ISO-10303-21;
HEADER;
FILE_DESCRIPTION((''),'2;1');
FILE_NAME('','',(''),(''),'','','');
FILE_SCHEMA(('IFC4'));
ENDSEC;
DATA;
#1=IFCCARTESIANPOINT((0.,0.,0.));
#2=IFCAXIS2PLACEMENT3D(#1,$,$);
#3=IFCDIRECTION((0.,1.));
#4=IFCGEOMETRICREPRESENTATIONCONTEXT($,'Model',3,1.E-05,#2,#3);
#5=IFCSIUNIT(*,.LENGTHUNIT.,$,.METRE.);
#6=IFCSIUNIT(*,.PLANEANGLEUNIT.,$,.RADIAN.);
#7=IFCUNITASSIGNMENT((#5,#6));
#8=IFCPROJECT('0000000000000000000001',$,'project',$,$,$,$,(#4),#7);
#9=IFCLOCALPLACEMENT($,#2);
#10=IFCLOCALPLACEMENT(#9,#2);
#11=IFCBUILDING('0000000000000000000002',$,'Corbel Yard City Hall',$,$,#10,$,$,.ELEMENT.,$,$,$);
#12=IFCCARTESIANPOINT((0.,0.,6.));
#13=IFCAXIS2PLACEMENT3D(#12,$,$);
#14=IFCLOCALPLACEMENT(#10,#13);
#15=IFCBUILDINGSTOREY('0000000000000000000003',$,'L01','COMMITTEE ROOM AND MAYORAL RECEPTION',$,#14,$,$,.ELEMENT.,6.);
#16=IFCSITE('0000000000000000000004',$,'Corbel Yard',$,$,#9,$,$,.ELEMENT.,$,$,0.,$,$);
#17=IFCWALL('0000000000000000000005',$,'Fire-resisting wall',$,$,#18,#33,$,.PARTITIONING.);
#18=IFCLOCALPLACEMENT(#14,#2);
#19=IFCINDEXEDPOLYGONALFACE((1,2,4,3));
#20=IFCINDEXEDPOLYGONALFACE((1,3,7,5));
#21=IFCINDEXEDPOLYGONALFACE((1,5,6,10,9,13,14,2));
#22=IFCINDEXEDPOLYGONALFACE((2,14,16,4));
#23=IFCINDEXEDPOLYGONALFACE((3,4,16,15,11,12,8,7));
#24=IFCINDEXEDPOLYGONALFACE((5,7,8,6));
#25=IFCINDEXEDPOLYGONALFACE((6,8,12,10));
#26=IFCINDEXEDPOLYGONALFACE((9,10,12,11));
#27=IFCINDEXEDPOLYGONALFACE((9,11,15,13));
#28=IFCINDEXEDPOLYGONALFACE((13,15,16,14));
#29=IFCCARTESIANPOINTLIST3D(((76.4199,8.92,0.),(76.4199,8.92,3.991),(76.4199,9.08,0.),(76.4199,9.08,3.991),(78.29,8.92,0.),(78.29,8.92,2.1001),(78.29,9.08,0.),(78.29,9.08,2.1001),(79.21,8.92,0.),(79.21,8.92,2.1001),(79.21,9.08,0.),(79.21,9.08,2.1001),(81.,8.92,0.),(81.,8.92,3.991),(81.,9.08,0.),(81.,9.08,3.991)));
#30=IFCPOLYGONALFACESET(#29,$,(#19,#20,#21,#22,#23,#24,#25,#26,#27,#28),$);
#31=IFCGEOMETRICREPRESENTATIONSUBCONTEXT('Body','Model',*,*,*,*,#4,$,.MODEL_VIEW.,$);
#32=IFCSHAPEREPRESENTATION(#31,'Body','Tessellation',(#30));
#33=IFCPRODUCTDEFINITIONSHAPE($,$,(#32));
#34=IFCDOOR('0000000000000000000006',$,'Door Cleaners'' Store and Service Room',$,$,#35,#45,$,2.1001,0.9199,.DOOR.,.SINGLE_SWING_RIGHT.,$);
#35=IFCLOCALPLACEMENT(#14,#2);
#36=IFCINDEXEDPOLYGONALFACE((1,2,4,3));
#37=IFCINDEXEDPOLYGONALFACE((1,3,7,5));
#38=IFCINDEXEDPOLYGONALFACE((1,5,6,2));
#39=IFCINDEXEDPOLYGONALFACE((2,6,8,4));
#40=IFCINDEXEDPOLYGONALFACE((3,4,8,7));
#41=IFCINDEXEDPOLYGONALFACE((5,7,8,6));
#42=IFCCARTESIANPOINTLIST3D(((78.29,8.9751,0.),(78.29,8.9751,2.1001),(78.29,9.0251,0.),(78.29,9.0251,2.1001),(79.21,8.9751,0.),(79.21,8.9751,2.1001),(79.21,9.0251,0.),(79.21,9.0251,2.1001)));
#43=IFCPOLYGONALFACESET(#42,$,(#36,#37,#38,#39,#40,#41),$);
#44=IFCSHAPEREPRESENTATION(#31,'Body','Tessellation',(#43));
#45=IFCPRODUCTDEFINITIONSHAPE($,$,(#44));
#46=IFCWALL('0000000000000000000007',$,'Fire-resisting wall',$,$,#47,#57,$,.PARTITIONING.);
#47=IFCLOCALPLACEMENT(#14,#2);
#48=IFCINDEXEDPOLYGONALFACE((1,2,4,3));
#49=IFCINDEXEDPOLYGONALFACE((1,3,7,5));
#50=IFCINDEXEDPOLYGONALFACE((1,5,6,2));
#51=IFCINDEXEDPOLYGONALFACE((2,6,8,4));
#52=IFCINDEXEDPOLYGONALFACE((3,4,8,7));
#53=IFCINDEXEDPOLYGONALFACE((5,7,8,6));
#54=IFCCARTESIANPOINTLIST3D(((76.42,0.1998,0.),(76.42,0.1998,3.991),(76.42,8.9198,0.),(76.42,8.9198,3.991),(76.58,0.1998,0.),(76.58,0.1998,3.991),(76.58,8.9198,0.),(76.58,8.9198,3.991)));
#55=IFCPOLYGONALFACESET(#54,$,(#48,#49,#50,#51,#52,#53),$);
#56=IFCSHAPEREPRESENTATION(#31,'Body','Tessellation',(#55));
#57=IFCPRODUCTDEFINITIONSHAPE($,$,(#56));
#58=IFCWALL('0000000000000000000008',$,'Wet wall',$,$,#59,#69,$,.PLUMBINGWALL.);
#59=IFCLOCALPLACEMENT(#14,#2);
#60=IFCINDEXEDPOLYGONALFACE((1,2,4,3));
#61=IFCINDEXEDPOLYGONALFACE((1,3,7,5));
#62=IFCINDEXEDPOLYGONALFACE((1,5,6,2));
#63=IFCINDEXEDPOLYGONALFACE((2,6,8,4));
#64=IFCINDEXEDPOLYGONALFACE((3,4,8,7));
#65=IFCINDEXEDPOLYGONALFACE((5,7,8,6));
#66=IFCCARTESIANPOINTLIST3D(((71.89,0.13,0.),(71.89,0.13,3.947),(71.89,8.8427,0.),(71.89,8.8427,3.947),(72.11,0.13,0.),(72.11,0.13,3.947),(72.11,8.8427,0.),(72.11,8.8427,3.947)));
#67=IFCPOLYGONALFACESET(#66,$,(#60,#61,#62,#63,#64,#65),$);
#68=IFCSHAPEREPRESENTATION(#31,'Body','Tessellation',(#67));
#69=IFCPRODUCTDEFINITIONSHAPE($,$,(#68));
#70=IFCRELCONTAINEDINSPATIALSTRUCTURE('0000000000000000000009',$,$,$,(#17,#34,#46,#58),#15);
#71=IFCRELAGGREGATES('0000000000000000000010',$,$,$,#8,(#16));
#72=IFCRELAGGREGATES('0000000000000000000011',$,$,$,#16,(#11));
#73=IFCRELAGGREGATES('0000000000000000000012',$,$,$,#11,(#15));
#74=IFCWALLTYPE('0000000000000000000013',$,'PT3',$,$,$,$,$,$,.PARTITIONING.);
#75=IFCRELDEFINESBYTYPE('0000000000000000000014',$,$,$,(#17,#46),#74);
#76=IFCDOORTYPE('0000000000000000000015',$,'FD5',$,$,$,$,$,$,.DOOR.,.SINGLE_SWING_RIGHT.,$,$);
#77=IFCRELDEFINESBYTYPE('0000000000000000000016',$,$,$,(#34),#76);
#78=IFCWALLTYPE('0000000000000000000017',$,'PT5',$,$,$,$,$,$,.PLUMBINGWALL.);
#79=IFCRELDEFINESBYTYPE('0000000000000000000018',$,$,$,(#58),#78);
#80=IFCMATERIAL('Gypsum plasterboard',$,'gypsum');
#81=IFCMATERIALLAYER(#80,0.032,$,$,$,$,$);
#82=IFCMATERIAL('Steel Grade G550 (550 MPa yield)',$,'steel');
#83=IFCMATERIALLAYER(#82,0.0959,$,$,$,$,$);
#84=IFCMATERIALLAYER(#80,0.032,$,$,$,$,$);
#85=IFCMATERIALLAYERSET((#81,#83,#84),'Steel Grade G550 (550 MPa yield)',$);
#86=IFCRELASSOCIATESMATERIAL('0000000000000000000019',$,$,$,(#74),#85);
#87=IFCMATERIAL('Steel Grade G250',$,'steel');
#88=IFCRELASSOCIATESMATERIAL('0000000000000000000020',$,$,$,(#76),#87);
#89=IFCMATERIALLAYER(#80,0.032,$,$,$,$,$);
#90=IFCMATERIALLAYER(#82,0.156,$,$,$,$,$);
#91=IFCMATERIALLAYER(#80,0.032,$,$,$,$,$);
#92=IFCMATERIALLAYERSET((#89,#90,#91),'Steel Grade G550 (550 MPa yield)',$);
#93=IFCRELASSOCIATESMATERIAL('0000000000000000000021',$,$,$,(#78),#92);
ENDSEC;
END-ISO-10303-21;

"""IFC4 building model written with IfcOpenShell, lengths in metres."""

from ifc_helpers import new_model, si_unit, direction, frame, frame_2d, origin, place, context, subcontext, project, spatial, rectangle, extrude, material, layer, layer_set, type_object, element, fill, save


model = new_model("IFC4")

# Units and contexts
model_context = context("Model", 3, precision=1e-05, world=origin(), true_north=direction((0.0, 1.0)))
body_context = subcontext(model_context, "Body", "Model", "MODEL_VIEW")
ifc_project = project(units=[si_unit("LENGTHUNIT", "METRE"), si_unit("PLANEANGLEUNIT", "RADIAN")], contexts=[model_context])

# Site, building, storey
site_placement = place(None, origin())
site = spatial("IfcSite", under=ifc_project, at=site_placement, Name="Corbel Yard", CompositionType="ELEMENT", RefElevation=0.0)
building_placement = place(site_placement, origin())
building = spatial("IfcBuilding", under=site, at=building_placement, Name="Corbel Yard City Hall", CompositionType="ELEMENT")
storey_placement = place(building_placement, frame((0.0, 0.0, 6.0)))
storey = spatial("IfcBuildingStorey", under=building, at=storey_placement, Name="L01", Description="COMMITTEE ROOM AND MAYORAL RECEPTION", CompositionType="ELEMENT", Elevation=6.0)

# Shared definitions
ifc_material_1 = material(Name="Gypsum plasterboard", Category="gypsum")

# Wall, opening, door
ifc_material_2 = material(Name="Steel Grade G550 (550 MPa yield)", Category="steel")
ifc_layer_1 = layer(ifc_material_1, 0.032)
ifc_layer_2 = layer(ifc_material_2, 0.0959)
ifc_layer_3 = layer(ifc_material_1, 0.032)
ifc_layer_set_1 = layer_set([ifc_layer_1, ifc_layer_2, ifc_layer_3], Name="Steel Grade G550 (550 MPa yield)")
wall_type_1 = type_object("IfcWallType", Name="PT3", PredefinedType="PARTITIONING", material=ifc_layer_set_1)
wall_1_placement = place(storey_placement, frame((76.4199, 9.0, 0.0), z_axis=(0.0, 0.0, 1.0), x_axis=(1.0, 0.0, 0.0)))
wall_1 = element("IfcWall", 1, at=wall_1_placement, inside=storey, type_object=wall_type_1, Name="Fire-resisting wall", PredefinedType="PARTITIONING", context=body_context, shape_type="SweptSolid", body=[
    extrude(rectangle(XDim=4.5801, YDim=0.1599, at=frame_2d((2.29, 0.0))), origin(), (0.0, 0.0, 1.0), 3.991),
])
opening_1_placement = place(wall_1_placement, frame((1.8701, 0.0, 0.0)))
opening_1 = element("IfcOpeningElement", 2, at=opening_1_placement, cuts=wall_1, PredefinedType="OPENING", context=body_context, shape_type="SweptSolid", body=[
    extrude(rectangle(XDim=0.9199, YDim=2.1001, at=frame_2d((0.46, 1.05))), frame((0.0, 0.0898, 0.0), z_axis=(0.0, -1.0, 0.0), x_axis=(1.0, 0.0, 0.0)), (0.0, 0.0, 1.0), 0.1799),
])
ifc_material_3 = material(Name="Steel Grade G250", Category="steel")
door_type_1 = type_object("IfcDoorType", Name="FD5", OperationType="SINGLE_SWING_RIGHT", PredefinedType="DOOR", material=ifc_material_3)
door_1_placement = place(opening_1_placement, frame((0.9199, 0.0, 0.0), z_axis=(0.0, 0.0, 1.0), x_axis=(-1.0, 0.0, 0.0)))
door_1 = element("IfcDoor", 3, at=door_1_placement, inside=storey, type_object=door_type_1, Name="Door Cleaners' Store and Service Room", OperationType="SINGLE_SWING_RIGHT", OverallHeight=2.1001, OverallWidth=0.9199, PredefinedType="DOOR", context=body_context, shape_type="SweptSolid", body=[
    extrude(rectangle(XDim=0.9199, YDim=2.1001, at=frame_2d((0.46, 1.05))), frame((0.0, 0.0249, 0.0), z_axis=(0.0, -1.0, 0.0), x_axis=(1.0, 0.0, 0.0)), (0.0, 0.0, 1.0), 0.05),
])
fill(opening_1, door_1)

# Walls
wall_2_placement = place(storey_placement, frame((76.5, 0.2, 0.0), z_axis=(0.0, 0.0, 1.0), x_axis=(0.0, 1.0, 0.0)))
element("IfcWall", 4, at=wall_2_placement, inside=storey, type_object=wall_type_1, Name="Fire-resisting wall", PredefinedType="PARTITIONING", context=body_context, shape_type="SweptSolid", body=[
    extrude(rectangle(XDim=8.72, YDim=0.1599, at=frame_2d((4.3599, 0.0))), origin(), (0.0, 0.0, 1.0), 3.991),
])
ifc_layer_4 = layer(ifc_material_1, 0.032)
ifc_layer_5 = layer(ifc_material_2, 0.156)
ifc_layer_6 = layer(ifc_material_1, 0.032)
ifc_layer_set_2 = layer_set([ifc_layer_4, ifc_layer_5, ifc_layer_6], Name="Steel Grade G550 (550 MPa yield)")
wall_type_2 = type_object("IfcWallType", Name="PT5", PredefinedType="PLUMBINGWALL", material=ifc_layer_set_2)
wall_3_placement = place(storey_placement, frame((72.0, 0.1299, 0.0), z_axis=(0.0, 0.0, 1.0), x_axis=(0.0, 1.0, 0.0)))
element("IfcWall", 5, at=wall_3_placement, inside=storey, type_object=wall_type_2, Name="Wet wall", PredefinedType="PLUMBINGWALL", context=body_context, shape_type="SweptSolid", body=[
    extrude(rectangle(XDim=8.7126, YDim=0.22, at=frame_2d((4.3564, 0.0))), origin(), (0.0, 0.0, 1.0), 3.947),
])

save(model, "model.ifc")
